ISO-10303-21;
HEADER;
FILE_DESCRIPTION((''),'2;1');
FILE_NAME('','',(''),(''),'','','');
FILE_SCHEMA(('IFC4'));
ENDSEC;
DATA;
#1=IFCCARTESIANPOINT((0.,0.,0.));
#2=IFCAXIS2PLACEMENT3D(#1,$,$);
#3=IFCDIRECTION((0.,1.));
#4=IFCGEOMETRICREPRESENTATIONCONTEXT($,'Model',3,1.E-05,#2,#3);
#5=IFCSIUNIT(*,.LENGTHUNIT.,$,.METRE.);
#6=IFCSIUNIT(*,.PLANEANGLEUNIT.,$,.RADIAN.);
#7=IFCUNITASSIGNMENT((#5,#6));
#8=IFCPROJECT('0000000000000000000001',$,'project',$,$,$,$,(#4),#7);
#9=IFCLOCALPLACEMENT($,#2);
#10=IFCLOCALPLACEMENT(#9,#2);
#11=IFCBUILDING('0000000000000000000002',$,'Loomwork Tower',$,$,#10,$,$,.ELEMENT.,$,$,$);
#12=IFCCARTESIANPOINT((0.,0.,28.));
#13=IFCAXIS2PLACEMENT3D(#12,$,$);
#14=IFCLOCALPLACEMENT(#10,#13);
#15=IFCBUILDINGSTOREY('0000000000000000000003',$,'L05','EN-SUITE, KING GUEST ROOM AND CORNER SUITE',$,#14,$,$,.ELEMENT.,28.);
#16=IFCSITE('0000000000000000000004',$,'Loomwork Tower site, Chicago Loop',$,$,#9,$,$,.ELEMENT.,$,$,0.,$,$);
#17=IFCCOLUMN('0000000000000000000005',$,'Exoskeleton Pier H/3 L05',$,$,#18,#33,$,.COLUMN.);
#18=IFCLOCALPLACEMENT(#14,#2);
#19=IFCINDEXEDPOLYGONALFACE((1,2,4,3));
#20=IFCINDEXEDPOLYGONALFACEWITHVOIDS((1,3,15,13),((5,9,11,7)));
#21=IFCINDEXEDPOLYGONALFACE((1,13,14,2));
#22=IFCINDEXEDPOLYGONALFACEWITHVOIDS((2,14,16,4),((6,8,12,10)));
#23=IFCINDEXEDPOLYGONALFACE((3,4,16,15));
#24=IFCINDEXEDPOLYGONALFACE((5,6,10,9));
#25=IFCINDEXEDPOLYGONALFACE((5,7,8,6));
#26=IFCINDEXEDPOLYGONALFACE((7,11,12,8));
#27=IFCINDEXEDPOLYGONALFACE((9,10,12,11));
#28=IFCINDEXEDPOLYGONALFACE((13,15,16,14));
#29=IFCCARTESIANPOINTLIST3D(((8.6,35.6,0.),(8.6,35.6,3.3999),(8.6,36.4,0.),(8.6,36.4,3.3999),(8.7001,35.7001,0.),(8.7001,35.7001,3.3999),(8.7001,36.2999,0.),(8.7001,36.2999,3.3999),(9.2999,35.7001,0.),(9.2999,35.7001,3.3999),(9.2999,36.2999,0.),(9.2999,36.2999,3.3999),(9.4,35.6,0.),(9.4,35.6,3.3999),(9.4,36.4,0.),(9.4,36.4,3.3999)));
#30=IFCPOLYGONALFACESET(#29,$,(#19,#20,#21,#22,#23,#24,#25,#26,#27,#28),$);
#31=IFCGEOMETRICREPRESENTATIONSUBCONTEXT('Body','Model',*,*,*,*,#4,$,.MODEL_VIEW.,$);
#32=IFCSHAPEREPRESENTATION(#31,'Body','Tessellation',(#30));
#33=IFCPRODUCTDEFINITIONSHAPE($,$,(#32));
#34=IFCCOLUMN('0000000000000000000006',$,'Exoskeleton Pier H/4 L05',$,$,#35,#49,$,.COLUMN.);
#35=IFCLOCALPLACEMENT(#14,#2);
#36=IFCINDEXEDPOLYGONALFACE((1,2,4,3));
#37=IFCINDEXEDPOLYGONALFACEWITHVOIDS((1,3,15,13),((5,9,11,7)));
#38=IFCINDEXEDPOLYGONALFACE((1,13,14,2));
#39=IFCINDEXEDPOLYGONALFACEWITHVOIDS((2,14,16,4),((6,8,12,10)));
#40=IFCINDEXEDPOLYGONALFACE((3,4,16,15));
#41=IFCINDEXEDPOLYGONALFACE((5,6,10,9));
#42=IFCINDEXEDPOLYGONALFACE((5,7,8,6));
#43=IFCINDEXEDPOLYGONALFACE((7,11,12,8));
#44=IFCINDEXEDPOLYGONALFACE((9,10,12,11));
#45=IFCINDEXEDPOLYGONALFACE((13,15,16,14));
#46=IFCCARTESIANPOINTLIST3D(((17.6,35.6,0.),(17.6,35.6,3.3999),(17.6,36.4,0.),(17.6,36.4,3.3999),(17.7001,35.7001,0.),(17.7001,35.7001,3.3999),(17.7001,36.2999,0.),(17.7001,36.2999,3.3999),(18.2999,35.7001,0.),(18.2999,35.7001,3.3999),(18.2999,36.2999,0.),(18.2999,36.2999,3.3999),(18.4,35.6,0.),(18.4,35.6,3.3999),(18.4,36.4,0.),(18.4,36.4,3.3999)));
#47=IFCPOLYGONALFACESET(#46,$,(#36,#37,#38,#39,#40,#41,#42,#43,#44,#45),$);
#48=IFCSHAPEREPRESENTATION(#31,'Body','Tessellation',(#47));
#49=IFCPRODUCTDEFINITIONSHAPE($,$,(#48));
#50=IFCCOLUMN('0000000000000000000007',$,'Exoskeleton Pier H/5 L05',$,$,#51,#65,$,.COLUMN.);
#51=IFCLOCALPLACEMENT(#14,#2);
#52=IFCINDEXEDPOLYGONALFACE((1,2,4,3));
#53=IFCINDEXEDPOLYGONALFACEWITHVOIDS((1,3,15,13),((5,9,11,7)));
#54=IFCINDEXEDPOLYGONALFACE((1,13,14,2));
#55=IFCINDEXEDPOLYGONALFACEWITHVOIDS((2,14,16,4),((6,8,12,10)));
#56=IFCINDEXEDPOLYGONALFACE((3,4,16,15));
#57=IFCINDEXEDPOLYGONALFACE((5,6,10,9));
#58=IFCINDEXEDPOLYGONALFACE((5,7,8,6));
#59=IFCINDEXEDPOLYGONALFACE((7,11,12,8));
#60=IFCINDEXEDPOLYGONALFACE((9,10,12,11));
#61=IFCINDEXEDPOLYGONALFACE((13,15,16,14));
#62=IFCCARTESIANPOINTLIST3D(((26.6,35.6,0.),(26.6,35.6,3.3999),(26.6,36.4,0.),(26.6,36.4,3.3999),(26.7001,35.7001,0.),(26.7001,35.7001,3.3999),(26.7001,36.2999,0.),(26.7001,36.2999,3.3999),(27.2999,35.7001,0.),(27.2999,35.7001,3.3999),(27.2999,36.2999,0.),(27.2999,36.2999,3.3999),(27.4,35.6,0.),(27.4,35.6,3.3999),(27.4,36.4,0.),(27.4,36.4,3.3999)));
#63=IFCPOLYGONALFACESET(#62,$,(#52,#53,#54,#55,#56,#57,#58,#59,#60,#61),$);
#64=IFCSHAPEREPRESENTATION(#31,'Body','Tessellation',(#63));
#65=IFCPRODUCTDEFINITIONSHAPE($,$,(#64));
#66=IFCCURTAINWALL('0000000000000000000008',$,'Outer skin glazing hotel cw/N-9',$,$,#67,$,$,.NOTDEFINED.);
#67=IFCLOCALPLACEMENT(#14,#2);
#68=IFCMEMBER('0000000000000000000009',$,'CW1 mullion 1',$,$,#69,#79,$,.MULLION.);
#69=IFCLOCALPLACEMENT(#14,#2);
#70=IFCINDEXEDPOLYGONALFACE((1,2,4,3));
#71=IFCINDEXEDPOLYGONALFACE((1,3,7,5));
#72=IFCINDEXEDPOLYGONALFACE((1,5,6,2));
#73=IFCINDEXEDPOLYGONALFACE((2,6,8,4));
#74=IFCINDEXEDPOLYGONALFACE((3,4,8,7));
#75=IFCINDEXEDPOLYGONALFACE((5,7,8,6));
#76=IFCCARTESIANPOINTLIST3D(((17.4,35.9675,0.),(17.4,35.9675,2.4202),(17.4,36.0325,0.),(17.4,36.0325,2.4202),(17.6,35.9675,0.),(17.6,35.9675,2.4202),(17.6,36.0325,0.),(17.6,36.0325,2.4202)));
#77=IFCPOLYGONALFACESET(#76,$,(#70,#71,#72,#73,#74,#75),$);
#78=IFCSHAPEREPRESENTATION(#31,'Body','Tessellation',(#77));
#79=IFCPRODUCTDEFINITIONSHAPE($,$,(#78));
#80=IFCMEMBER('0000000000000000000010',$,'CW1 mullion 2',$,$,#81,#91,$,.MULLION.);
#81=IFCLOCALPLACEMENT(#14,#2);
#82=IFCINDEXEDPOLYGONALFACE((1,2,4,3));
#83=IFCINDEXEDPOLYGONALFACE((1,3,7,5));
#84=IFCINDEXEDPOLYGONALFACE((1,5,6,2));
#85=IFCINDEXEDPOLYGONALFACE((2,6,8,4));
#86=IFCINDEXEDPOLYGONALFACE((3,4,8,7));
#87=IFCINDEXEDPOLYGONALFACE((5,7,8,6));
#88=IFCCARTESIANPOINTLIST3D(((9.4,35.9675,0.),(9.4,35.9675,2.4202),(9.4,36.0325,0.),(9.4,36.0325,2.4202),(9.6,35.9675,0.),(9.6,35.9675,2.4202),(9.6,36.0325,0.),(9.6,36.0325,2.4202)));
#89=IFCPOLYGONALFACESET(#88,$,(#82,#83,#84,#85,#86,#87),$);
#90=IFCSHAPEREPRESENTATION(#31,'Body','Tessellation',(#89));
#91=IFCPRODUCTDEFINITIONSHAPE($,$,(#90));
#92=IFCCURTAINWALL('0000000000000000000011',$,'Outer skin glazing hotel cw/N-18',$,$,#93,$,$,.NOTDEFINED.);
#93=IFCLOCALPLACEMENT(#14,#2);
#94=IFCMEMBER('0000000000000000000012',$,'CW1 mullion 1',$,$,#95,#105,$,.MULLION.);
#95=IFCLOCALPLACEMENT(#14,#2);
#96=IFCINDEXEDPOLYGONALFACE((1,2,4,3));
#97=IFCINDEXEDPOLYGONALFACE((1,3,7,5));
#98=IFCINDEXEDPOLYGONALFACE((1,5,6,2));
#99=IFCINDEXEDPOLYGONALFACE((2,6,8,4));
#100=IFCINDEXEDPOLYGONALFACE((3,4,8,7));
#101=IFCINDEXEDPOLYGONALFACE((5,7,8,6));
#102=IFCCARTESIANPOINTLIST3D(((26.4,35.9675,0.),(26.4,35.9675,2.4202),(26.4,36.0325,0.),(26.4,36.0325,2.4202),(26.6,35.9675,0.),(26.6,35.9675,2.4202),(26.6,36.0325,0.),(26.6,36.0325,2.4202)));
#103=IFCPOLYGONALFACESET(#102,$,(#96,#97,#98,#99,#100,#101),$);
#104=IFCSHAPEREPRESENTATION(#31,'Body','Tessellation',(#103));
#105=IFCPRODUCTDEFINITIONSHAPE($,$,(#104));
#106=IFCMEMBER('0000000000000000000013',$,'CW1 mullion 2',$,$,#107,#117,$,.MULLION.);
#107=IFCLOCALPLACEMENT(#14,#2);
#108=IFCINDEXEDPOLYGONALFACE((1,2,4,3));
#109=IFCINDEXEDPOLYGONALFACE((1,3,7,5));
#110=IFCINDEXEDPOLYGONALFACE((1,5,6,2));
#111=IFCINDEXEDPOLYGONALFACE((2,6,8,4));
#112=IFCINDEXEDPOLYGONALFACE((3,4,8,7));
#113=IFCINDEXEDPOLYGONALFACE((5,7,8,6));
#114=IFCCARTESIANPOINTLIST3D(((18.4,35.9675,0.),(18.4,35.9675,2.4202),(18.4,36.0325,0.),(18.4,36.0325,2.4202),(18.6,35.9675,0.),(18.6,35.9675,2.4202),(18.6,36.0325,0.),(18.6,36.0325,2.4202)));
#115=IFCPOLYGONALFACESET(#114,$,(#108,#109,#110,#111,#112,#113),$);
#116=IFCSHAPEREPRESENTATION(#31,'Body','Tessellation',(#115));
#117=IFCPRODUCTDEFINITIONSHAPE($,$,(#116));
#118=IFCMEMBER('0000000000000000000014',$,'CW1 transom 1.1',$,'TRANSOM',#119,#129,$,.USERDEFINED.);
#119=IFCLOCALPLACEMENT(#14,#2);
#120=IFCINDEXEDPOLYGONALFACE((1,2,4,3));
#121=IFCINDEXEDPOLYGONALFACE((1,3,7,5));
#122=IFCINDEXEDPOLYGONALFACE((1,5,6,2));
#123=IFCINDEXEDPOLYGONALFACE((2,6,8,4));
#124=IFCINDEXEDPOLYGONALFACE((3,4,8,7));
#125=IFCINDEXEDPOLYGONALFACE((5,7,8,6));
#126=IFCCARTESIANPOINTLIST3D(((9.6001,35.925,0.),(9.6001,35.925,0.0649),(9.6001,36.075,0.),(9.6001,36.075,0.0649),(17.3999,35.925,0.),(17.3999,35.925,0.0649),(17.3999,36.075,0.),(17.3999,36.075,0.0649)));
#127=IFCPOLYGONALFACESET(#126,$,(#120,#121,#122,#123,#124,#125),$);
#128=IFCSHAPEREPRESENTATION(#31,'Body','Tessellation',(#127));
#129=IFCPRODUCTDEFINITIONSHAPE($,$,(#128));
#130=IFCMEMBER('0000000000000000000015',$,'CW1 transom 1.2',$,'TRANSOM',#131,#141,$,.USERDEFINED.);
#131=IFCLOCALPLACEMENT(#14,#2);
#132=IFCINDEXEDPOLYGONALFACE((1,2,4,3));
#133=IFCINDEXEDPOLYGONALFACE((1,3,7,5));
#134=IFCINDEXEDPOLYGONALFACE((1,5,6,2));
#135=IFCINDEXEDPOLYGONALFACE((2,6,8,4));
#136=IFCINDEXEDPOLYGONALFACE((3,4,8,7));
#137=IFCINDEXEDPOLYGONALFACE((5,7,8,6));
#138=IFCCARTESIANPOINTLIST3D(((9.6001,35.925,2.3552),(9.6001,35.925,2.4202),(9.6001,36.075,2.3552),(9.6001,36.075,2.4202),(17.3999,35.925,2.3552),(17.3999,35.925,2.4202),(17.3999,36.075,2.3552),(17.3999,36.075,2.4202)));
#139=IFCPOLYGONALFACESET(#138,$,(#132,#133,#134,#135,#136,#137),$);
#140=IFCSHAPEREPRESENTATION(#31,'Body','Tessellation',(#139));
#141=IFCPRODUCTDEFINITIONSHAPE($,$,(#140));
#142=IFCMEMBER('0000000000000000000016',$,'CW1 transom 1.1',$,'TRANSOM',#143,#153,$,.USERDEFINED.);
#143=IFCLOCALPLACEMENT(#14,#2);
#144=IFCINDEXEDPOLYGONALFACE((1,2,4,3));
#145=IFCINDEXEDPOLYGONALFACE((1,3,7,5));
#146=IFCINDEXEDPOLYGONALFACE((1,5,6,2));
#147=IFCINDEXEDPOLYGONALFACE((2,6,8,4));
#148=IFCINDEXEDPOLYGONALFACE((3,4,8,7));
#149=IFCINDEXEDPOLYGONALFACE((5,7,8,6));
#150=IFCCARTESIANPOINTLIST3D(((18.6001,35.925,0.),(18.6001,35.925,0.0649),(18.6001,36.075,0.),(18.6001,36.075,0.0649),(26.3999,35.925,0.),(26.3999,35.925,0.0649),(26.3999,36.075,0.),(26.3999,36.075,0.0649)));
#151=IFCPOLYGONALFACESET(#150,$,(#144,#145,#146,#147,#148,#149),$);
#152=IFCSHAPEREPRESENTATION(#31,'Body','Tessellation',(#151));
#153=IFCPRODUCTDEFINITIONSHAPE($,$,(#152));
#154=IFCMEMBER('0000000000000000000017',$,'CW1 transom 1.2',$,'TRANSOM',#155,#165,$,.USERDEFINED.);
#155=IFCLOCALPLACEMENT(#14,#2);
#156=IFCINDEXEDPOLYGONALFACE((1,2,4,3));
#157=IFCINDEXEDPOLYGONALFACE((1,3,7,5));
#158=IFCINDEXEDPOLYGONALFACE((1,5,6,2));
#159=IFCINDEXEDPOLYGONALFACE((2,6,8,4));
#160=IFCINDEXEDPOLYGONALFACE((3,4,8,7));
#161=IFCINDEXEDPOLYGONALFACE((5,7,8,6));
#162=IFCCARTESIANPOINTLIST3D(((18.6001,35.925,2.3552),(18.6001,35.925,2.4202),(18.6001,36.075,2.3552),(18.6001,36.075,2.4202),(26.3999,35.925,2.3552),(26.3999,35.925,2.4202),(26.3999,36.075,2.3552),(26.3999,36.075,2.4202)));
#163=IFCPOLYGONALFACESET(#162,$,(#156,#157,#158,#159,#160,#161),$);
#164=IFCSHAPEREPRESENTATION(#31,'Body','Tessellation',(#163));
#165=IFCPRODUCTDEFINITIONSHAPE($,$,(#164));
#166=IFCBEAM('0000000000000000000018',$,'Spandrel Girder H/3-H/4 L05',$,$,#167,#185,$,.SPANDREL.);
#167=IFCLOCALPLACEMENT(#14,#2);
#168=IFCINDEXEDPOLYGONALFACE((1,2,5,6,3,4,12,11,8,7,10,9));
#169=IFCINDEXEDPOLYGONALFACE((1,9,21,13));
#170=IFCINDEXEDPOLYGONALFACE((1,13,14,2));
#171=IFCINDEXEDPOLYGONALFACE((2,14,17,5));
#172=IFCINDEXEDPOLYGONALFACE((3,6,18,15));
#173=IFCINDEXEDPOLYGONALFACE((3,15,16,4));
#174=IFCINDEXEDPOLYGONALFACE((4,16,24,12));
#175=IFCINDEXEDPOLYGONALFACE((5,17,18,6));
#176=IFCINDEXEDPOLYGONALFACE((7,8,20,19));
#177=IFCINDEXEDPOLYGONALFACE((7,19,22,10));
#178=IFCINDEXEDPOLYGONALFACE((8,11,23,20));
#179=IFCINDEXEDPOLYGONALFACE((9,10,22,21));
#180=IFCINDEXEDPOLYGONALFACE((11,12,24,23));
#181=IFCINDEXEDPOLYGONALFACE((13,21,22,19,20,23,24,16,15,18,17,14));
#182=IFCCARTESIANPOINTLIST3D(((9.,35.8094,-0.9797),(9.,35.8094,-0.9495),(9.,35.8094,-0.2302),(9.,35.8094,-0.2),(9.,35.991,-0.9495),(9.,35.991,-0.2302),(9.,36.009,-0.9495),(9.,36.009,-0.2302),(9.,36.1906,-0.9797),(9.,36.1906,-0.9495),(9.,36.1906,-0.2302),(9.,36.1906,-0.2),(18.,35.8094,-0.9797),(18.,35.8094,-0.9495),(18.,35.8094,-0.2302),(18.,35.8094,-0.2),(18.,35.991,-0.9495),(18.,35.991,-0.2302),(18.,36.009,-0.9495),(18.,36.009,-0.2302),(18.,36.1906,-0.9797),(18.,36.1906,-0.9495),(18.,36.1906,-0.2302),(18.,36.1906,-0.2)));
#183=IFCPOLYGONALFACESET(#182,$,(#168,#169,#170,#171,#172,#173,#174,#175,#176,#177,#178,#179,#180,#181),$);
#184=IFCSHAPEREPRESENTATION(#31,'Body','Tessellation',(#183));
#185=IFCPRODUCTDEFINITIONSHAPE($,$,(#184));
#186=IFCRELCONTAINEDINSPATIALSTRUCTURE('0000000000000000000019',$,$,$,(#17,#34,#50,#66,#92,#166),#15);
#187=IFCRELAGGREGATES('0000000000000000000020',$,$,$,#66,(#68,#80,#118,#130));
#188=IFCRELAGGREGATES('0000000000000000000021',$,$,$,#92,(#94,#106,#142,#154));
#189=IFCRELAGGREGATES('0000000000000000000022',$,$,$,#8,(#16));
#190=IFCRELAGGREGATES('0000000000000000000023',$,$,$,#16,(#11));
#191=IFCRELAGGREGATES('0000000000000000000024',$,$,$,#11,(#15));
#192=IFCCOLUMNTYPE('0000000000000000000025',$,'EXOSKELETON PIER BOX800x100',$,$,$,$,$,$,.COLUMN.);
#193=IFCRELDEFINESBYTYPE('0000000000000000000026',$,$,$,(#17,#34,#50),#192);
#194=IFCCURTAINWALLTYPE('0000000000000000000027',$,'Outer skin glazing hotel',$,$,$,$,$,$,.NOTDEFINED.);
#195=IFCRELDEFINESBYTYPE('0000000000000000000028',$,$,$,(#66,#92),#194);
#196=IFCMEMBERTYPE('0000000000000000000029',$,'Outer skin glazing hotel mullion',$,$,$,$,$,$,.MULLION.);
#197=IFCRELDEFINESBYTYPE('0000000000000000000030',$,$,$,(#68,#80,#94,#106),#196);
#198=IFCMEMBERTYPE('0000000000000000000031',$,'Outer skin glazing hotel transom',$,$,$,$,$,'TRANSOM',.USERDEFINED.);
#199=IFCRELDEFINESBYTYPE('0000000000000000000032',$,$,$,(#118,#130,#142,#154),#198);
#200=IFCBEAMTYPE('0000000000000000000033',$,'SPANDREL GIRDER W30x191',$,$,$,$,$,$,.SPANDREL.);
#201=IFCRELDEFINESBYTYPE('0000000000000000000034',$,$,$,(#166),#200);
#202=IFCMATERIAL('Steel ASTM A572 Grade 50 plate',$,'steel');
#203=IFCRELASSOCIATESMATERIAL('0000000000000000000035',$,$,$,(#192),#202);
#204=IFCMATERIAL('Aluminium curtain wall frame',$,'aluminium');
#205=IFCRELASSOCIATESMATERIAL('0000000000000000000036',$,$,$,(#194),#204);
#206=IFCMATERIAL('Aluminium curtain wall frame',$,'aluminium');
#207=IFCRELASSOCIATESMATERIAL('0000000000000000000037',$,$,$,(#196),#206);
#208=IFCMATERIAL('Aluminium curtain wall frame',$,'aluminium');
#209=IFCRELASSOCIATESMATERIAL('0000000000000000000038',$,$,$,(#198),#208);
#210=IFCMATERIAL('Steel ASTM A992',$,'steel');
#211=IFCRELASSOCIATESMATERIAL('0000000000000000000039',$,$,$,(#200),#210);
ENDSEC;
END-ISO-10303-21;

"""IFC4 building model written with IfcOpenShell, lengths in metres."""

from ifc_helpers import new_model, si_unit, direction, frame, origin, origin_2d, place, context, subcontext, project, spatial, rectangle, hollow_rectangle, i_section, extrude, material, material_profile, profile_set, type_object, element, aggregate, save


model = new_model("IFC4")

# Units and contexts
model_context = context("Model", 3, precision=1e-05, world=origin(), true_north=direction((0.0, 1.0)))
body_context = subcontext(model_context, "Body", "Model", "MODEL_VIEW")
ifc_project = project(units=[si_unit("LENGTHUNIT", "METRE"), si_unit("PLANEANGLEUNIT", "RADIAN")], contexts=[model_context])

# Site, building, storey
site_placement = place(None, origin())
site = spatial("IfcSite", under=ifc_project, at=site_placement, Name="Loomwork Tower site, Chicago Loop", CompositionType="ELEMENT", RefElevation=0.0)
building_placement = place(site_placement, origin())
building = spatial("IfcBuilding", under=site, at=building_placement, Name="Loomwork Tower", CompositionType="ELEMENT")
storey_placement = place(building_placement, frame((0.0, 0.0, 28.0)))
storey = spatial("IfcBuildingStorey", under=building, at=storey_placement, Name="L05", Description="EN-SUITE, KING GUEST ROOM AND CORNER SUITE", CompositionType="ELEMENT", Elevation=28.0)

# Columns
ifc_material_1 = material(Name="Steel ASTM A572 Grade 50 plate", Category="steel")
ifc_material_profile_1 = material_profile(ifc_material_1, hollow_rectangle(XDim=0.8, YDim=0.8, WallThickness=0.1001, at=origin_2d()), Name="BOX800x100")
ifc_profile_set_1 = profile_set([ifc_material_profile_1], Name="Steel ASTM A572 Grade 50 plate")
column_type = type_object("IfcColumnType", Name="EXOSKELETON PIER BOX800x100", PredefinedType="COLUMN", material=ifc_profile_set_1)
for number, where, z_axis, x_axis, name in (
    (1, (9.0, 36.0, 0.0), (0.0, 0.0, 1.0), (1.0, 0.0, 0.0), "Exoskeleton Pier H/3 L05"),
    (2, (18.0, 36.0, 0.0), (0.0, 0.0, 1.0), (1.0, 0.0, 0.0), "Exoskeleton Pier H/4 L05"),
    (3, (27.0, 36.0, 0.0), (0.0, 0.0, 1.0), (1.0, 0.0, 0.0), "Exoskeleton Pier H/5 L05"),
):
    element("IfcColumn", number, at=place(storey_placement, frame(where, z_axis=z_axis, x_axis=x_axis)), inside=storey, type_object=column_type, Name=name, PredefinedType="COLUMN", context=body_context, shape_type="SweptSolid", body=[
        extrude(hollow_rectangle(XDim=0.8, YDim=0.8, WallThickness=0.1001, at=origin_2d()), origin(), (0.0, 0.0, 1.0), 3.3999),
    ])

# Curtain walls, members
ifc_material_2 = material(Name="Aluminium curtain wall frame", Category="aluminium")
curtain_wall_type = type_object("IfcCurtainWallType", Name="Outer skin glazing hotel", PredefinedType="NOTDEFINED", material=ifc_material_2)
curtain_wall_1_placement = place(storey_placement, origin())
curtain_wall_1 = element("IfcCurtainWall", 4, at=curtain_wall_1_placement, inside=storey, type_object=curtain_wall_type, Name="Outer skin glazing hotel cw/N-9", PredefinedType="NOTDEFINED")
ifc_material_3 = material(Name="Aluminium curtain wall frame", Category="aluminium")
ifc_material_profile_2 = material_profile(ifc_material_3, rectangle(XDim=0.0649, YDim=0.2, at=origin_2d()), Name="AL 65x200")
ifc_profile_set_2 = profile_set([ifc_material_profile_2], Name="Aluminium curtain wall frame")
member_type_1 = type_object("IfcMemberType", Name="Outer skin glazing hotel mullion", PredefinedType="MULLION", material=ifc_profile_set_2)
member_1_placement = place(storey_placement, frame((17.5, 36.0, 0.0), z_axis=(0.0, 0.0, 1.0), x_axis=(0.0, -1.0, 0.0)))
member_1 = element("IfcMember", 5, at=member_1_placement, type_object=member_type_1, Name="CW1 mullion 1", PredefinedType="MULLION", context=body_context, shape_type="SweptSolid", body=[
    extrude(rectangle(XDim=0.0649, YDim=0.2, at=origin_2d()), origin(), (0.0, 0.0, 1.0), 2.4202),
])
member_2_placement = place(storey_placement, frame((9.5, 36.0, 0.0), z_axis=(0.0, 0.0, 1.0), x_axis=(0.0, -1.0, 0.0)))
member_2 = element("IfcMember", 6, at=member_2_placement, type_object=member_type_1, Name="CW1 mullion 2", PredefinedType="MULLION", context=body_context, shape_type="SweptSolid", body=[
    extrude(rectangle(XDim=0.0649, YDim=0.2, at=origin_2d()), origin(), (0.0, 0.0, 1.0), 2.4202),
])
curtain_wall_2_placement = place(storey_placement, origin())
curtain_wall_2 = element("IfcCurtainWall", 7, at=curtain_wall_2_placement, inside=storey, type_object=curtain_wall_type, Name="Outer skin glazing hotel cw/N-18", PredefinedType="NOTDEFINED")
member_3_placement = place(storey_placement, frame((26.5, 36.0, 0.0), z_axis=(0.0, 0.0, 1.0), x_axis=(0.0, -1.0, 0.0)))
member_3 = element("IfcMember", 8, at=member_3_placement, type_object=member_type_1, Name="CW1 mullion 1", PredefinedType="MULLION", context=body_context, shape_type="SweptSolid", body=[
    extrude(rectangle(XDim=0.0649, YDim=0.2, at=origin_2d()), origin(), (0.0, 0.0, 1.0), 2.4202),
])
member_4_placement = place(storey_placement, frame((18.5, 36.0, 0.0), z_axis=(0.0, 0.0, 1.0), x_axis=(0.0, -1.0, 0.0)))
member_4 = element("IfcMember", 9, at=member_4_placement, type_object=member_type_1, Name="CW1 mullion 2", PredefinedType="MULLION", context=body_context, shape_type="SweptSolid", body=[
    extrude(rectangle(XDim=0.0649, YDim=0.2, at=origin_2d()), origin(), (0.0, 0.0, 1.0), 2.4202),
])

# Members
ifc_material_4 = material(Name="Aluminium curtain wall frame", Category="aluminium")
ifc_material_profile_3 = material_profile(ifc_material_4, rectangle(XDim=0.1499, YDim=0.0649, at=origin_2d()), Name="AL 65x150")
ifc_profile_set_3 = profile_set([ifc_material_profile_3], Name="Aluminium curtain wall frame")
member_type_2 = type_object("IfcMemberType", Name="Outer skin glazing hotel transom", ElementType="TRANSOM", PredefinedType="USERDEFINED", material=ifc_profile_set_3)
member_5_placement = place(storey_placement, frame((17.3999, 36.0, 0.0325), z_axis=(-1.0, 0.0, 0.0), x_axis=(0.0, -1.0, 0.0)))
member_5 = element("IfcMember", 10, at=member_5_placement, type_object=member_type_2, Name="CW1 transom 1.1", ObjectType="TRANSOM", PredefinedType="USERDEFINED", context=body_context, shape_type="SweptSolid", body=[
    extrude(rectangle(XDim=0.1499, YDim=0.0649, at=origin_2d()), origin(), (0.0, 0.0, 1.0), 7.7998),
])
member_6_placement = place(storey_placement, frame((17.3999, 36.0, 2.3877), z_axis=(-1.0, 0.0, 0.0), x_axis=(0.0, -1.0, 0.0)))
member_6 = element("IfcMember", 11, at=member_6_placement, type_object=member_type_2, Name="CW1 transom 1.2", ObjectType="TRANSOM", PredefinedType="USERDEFINED", context=body_context, shape_type="SweptSolid", body=[
    extrude(rectangle(XDim=0.1499, YDim=0.0649, at=origin_2d()), origin(), (0.0, 0.0, 1.0), 7.7998),
])
member_7_placement = place(storey_placement, frame((26.3999, 36.0, 0.0325), z_axis=(-1.0, 0.0, 0.0), x_axis=(0.0, -1.0, 0.0)))
member_7 = element("IfcMember", 12, at=member_7_placement, type_object=member_type_2, Name="CW1 transom 1.1", ObjectType="TRANSOM", PredefinedType="USERDEFINED", context=body_context, shape_type="SweptSolid", body=[
    extrude(rectangle(XDim=0.1499, YDim=0.0649, at=origin_2d()), origin(), (0.0, 0.0, 1.0), 7.7998),
])
member_8_placement = place(storey_placement, frame((26.3999, 36.0, 2.3877), z_axis=(-1.0, 0.0, 0.0), x_axis=(0.0, -1.0, 0.0)))
member_8 = element("IfcMember", 13, at=member_8_placement, type_object=member_type_2, Name="CW1 transom 1.2", ObjectType="TRANSOM", PredefinedType="USERDEFINED", context=body_context, shape_type="SweptSolid", body=[
    extrude(rectangle(XDim=0.1499, YDim=0.0649, at=origin_2d()), origin(), (0.0, 0.0, 1.0), 7.7998),
])

# Beam
ifc_material_5 = material(Name="Steel ASTM A992", Category="steel")
ifc_material_profile_4 = material_profile(ifc_material_5, i_section(OverallWidth=0.3811, OverallDepth=0.7798, WebThickness=0.0181, FlangeThickness=0.0303, at=origin_2d()), Name="W30x191")
ifc_profile_set_4 = profile_set([ifc_material_profile_4], Name="Steel ASTM A992")
beam_type = type_object("IfcBeamType", Name="SPANDREL GIRDER W30x191", PredefinedType="SPANDREL", material=ifc_profile_set_4)
for number, where, z_axis, x_axis, name in (
    (14, (9.0, 36.0, -0.5898), (1.0, 0.0, 0.0), (0.0, 1.0, 0.0), "Spandrel Girder H/3-H/4 L05"),
):
    element("IfcBeam", number, at=place(storey_placement, frame(where, z_axis=z_axis, x_axis=x_axis)), inside=storey, type_object=beam_type, Name=name, PredefinedType="SPANDREL", context=body_context, shape_type="SweptSolid", body=[
        extrude(i_section(OverallWidth=0.3811, OverallDepth=0.7798, WebThickness=0.0181, FlangeThickness=0.0303, at=origin_2d()), origin(), (0.0, 0.0, 1.0), 9.0),
    ])

aggregate(curtain_wall_1, [member_1, member_2, member_5, member_6])
aggregate(curtain_wall_2, [member_3, member_4, member_7, member_8])

save(model, "model.ifc")
